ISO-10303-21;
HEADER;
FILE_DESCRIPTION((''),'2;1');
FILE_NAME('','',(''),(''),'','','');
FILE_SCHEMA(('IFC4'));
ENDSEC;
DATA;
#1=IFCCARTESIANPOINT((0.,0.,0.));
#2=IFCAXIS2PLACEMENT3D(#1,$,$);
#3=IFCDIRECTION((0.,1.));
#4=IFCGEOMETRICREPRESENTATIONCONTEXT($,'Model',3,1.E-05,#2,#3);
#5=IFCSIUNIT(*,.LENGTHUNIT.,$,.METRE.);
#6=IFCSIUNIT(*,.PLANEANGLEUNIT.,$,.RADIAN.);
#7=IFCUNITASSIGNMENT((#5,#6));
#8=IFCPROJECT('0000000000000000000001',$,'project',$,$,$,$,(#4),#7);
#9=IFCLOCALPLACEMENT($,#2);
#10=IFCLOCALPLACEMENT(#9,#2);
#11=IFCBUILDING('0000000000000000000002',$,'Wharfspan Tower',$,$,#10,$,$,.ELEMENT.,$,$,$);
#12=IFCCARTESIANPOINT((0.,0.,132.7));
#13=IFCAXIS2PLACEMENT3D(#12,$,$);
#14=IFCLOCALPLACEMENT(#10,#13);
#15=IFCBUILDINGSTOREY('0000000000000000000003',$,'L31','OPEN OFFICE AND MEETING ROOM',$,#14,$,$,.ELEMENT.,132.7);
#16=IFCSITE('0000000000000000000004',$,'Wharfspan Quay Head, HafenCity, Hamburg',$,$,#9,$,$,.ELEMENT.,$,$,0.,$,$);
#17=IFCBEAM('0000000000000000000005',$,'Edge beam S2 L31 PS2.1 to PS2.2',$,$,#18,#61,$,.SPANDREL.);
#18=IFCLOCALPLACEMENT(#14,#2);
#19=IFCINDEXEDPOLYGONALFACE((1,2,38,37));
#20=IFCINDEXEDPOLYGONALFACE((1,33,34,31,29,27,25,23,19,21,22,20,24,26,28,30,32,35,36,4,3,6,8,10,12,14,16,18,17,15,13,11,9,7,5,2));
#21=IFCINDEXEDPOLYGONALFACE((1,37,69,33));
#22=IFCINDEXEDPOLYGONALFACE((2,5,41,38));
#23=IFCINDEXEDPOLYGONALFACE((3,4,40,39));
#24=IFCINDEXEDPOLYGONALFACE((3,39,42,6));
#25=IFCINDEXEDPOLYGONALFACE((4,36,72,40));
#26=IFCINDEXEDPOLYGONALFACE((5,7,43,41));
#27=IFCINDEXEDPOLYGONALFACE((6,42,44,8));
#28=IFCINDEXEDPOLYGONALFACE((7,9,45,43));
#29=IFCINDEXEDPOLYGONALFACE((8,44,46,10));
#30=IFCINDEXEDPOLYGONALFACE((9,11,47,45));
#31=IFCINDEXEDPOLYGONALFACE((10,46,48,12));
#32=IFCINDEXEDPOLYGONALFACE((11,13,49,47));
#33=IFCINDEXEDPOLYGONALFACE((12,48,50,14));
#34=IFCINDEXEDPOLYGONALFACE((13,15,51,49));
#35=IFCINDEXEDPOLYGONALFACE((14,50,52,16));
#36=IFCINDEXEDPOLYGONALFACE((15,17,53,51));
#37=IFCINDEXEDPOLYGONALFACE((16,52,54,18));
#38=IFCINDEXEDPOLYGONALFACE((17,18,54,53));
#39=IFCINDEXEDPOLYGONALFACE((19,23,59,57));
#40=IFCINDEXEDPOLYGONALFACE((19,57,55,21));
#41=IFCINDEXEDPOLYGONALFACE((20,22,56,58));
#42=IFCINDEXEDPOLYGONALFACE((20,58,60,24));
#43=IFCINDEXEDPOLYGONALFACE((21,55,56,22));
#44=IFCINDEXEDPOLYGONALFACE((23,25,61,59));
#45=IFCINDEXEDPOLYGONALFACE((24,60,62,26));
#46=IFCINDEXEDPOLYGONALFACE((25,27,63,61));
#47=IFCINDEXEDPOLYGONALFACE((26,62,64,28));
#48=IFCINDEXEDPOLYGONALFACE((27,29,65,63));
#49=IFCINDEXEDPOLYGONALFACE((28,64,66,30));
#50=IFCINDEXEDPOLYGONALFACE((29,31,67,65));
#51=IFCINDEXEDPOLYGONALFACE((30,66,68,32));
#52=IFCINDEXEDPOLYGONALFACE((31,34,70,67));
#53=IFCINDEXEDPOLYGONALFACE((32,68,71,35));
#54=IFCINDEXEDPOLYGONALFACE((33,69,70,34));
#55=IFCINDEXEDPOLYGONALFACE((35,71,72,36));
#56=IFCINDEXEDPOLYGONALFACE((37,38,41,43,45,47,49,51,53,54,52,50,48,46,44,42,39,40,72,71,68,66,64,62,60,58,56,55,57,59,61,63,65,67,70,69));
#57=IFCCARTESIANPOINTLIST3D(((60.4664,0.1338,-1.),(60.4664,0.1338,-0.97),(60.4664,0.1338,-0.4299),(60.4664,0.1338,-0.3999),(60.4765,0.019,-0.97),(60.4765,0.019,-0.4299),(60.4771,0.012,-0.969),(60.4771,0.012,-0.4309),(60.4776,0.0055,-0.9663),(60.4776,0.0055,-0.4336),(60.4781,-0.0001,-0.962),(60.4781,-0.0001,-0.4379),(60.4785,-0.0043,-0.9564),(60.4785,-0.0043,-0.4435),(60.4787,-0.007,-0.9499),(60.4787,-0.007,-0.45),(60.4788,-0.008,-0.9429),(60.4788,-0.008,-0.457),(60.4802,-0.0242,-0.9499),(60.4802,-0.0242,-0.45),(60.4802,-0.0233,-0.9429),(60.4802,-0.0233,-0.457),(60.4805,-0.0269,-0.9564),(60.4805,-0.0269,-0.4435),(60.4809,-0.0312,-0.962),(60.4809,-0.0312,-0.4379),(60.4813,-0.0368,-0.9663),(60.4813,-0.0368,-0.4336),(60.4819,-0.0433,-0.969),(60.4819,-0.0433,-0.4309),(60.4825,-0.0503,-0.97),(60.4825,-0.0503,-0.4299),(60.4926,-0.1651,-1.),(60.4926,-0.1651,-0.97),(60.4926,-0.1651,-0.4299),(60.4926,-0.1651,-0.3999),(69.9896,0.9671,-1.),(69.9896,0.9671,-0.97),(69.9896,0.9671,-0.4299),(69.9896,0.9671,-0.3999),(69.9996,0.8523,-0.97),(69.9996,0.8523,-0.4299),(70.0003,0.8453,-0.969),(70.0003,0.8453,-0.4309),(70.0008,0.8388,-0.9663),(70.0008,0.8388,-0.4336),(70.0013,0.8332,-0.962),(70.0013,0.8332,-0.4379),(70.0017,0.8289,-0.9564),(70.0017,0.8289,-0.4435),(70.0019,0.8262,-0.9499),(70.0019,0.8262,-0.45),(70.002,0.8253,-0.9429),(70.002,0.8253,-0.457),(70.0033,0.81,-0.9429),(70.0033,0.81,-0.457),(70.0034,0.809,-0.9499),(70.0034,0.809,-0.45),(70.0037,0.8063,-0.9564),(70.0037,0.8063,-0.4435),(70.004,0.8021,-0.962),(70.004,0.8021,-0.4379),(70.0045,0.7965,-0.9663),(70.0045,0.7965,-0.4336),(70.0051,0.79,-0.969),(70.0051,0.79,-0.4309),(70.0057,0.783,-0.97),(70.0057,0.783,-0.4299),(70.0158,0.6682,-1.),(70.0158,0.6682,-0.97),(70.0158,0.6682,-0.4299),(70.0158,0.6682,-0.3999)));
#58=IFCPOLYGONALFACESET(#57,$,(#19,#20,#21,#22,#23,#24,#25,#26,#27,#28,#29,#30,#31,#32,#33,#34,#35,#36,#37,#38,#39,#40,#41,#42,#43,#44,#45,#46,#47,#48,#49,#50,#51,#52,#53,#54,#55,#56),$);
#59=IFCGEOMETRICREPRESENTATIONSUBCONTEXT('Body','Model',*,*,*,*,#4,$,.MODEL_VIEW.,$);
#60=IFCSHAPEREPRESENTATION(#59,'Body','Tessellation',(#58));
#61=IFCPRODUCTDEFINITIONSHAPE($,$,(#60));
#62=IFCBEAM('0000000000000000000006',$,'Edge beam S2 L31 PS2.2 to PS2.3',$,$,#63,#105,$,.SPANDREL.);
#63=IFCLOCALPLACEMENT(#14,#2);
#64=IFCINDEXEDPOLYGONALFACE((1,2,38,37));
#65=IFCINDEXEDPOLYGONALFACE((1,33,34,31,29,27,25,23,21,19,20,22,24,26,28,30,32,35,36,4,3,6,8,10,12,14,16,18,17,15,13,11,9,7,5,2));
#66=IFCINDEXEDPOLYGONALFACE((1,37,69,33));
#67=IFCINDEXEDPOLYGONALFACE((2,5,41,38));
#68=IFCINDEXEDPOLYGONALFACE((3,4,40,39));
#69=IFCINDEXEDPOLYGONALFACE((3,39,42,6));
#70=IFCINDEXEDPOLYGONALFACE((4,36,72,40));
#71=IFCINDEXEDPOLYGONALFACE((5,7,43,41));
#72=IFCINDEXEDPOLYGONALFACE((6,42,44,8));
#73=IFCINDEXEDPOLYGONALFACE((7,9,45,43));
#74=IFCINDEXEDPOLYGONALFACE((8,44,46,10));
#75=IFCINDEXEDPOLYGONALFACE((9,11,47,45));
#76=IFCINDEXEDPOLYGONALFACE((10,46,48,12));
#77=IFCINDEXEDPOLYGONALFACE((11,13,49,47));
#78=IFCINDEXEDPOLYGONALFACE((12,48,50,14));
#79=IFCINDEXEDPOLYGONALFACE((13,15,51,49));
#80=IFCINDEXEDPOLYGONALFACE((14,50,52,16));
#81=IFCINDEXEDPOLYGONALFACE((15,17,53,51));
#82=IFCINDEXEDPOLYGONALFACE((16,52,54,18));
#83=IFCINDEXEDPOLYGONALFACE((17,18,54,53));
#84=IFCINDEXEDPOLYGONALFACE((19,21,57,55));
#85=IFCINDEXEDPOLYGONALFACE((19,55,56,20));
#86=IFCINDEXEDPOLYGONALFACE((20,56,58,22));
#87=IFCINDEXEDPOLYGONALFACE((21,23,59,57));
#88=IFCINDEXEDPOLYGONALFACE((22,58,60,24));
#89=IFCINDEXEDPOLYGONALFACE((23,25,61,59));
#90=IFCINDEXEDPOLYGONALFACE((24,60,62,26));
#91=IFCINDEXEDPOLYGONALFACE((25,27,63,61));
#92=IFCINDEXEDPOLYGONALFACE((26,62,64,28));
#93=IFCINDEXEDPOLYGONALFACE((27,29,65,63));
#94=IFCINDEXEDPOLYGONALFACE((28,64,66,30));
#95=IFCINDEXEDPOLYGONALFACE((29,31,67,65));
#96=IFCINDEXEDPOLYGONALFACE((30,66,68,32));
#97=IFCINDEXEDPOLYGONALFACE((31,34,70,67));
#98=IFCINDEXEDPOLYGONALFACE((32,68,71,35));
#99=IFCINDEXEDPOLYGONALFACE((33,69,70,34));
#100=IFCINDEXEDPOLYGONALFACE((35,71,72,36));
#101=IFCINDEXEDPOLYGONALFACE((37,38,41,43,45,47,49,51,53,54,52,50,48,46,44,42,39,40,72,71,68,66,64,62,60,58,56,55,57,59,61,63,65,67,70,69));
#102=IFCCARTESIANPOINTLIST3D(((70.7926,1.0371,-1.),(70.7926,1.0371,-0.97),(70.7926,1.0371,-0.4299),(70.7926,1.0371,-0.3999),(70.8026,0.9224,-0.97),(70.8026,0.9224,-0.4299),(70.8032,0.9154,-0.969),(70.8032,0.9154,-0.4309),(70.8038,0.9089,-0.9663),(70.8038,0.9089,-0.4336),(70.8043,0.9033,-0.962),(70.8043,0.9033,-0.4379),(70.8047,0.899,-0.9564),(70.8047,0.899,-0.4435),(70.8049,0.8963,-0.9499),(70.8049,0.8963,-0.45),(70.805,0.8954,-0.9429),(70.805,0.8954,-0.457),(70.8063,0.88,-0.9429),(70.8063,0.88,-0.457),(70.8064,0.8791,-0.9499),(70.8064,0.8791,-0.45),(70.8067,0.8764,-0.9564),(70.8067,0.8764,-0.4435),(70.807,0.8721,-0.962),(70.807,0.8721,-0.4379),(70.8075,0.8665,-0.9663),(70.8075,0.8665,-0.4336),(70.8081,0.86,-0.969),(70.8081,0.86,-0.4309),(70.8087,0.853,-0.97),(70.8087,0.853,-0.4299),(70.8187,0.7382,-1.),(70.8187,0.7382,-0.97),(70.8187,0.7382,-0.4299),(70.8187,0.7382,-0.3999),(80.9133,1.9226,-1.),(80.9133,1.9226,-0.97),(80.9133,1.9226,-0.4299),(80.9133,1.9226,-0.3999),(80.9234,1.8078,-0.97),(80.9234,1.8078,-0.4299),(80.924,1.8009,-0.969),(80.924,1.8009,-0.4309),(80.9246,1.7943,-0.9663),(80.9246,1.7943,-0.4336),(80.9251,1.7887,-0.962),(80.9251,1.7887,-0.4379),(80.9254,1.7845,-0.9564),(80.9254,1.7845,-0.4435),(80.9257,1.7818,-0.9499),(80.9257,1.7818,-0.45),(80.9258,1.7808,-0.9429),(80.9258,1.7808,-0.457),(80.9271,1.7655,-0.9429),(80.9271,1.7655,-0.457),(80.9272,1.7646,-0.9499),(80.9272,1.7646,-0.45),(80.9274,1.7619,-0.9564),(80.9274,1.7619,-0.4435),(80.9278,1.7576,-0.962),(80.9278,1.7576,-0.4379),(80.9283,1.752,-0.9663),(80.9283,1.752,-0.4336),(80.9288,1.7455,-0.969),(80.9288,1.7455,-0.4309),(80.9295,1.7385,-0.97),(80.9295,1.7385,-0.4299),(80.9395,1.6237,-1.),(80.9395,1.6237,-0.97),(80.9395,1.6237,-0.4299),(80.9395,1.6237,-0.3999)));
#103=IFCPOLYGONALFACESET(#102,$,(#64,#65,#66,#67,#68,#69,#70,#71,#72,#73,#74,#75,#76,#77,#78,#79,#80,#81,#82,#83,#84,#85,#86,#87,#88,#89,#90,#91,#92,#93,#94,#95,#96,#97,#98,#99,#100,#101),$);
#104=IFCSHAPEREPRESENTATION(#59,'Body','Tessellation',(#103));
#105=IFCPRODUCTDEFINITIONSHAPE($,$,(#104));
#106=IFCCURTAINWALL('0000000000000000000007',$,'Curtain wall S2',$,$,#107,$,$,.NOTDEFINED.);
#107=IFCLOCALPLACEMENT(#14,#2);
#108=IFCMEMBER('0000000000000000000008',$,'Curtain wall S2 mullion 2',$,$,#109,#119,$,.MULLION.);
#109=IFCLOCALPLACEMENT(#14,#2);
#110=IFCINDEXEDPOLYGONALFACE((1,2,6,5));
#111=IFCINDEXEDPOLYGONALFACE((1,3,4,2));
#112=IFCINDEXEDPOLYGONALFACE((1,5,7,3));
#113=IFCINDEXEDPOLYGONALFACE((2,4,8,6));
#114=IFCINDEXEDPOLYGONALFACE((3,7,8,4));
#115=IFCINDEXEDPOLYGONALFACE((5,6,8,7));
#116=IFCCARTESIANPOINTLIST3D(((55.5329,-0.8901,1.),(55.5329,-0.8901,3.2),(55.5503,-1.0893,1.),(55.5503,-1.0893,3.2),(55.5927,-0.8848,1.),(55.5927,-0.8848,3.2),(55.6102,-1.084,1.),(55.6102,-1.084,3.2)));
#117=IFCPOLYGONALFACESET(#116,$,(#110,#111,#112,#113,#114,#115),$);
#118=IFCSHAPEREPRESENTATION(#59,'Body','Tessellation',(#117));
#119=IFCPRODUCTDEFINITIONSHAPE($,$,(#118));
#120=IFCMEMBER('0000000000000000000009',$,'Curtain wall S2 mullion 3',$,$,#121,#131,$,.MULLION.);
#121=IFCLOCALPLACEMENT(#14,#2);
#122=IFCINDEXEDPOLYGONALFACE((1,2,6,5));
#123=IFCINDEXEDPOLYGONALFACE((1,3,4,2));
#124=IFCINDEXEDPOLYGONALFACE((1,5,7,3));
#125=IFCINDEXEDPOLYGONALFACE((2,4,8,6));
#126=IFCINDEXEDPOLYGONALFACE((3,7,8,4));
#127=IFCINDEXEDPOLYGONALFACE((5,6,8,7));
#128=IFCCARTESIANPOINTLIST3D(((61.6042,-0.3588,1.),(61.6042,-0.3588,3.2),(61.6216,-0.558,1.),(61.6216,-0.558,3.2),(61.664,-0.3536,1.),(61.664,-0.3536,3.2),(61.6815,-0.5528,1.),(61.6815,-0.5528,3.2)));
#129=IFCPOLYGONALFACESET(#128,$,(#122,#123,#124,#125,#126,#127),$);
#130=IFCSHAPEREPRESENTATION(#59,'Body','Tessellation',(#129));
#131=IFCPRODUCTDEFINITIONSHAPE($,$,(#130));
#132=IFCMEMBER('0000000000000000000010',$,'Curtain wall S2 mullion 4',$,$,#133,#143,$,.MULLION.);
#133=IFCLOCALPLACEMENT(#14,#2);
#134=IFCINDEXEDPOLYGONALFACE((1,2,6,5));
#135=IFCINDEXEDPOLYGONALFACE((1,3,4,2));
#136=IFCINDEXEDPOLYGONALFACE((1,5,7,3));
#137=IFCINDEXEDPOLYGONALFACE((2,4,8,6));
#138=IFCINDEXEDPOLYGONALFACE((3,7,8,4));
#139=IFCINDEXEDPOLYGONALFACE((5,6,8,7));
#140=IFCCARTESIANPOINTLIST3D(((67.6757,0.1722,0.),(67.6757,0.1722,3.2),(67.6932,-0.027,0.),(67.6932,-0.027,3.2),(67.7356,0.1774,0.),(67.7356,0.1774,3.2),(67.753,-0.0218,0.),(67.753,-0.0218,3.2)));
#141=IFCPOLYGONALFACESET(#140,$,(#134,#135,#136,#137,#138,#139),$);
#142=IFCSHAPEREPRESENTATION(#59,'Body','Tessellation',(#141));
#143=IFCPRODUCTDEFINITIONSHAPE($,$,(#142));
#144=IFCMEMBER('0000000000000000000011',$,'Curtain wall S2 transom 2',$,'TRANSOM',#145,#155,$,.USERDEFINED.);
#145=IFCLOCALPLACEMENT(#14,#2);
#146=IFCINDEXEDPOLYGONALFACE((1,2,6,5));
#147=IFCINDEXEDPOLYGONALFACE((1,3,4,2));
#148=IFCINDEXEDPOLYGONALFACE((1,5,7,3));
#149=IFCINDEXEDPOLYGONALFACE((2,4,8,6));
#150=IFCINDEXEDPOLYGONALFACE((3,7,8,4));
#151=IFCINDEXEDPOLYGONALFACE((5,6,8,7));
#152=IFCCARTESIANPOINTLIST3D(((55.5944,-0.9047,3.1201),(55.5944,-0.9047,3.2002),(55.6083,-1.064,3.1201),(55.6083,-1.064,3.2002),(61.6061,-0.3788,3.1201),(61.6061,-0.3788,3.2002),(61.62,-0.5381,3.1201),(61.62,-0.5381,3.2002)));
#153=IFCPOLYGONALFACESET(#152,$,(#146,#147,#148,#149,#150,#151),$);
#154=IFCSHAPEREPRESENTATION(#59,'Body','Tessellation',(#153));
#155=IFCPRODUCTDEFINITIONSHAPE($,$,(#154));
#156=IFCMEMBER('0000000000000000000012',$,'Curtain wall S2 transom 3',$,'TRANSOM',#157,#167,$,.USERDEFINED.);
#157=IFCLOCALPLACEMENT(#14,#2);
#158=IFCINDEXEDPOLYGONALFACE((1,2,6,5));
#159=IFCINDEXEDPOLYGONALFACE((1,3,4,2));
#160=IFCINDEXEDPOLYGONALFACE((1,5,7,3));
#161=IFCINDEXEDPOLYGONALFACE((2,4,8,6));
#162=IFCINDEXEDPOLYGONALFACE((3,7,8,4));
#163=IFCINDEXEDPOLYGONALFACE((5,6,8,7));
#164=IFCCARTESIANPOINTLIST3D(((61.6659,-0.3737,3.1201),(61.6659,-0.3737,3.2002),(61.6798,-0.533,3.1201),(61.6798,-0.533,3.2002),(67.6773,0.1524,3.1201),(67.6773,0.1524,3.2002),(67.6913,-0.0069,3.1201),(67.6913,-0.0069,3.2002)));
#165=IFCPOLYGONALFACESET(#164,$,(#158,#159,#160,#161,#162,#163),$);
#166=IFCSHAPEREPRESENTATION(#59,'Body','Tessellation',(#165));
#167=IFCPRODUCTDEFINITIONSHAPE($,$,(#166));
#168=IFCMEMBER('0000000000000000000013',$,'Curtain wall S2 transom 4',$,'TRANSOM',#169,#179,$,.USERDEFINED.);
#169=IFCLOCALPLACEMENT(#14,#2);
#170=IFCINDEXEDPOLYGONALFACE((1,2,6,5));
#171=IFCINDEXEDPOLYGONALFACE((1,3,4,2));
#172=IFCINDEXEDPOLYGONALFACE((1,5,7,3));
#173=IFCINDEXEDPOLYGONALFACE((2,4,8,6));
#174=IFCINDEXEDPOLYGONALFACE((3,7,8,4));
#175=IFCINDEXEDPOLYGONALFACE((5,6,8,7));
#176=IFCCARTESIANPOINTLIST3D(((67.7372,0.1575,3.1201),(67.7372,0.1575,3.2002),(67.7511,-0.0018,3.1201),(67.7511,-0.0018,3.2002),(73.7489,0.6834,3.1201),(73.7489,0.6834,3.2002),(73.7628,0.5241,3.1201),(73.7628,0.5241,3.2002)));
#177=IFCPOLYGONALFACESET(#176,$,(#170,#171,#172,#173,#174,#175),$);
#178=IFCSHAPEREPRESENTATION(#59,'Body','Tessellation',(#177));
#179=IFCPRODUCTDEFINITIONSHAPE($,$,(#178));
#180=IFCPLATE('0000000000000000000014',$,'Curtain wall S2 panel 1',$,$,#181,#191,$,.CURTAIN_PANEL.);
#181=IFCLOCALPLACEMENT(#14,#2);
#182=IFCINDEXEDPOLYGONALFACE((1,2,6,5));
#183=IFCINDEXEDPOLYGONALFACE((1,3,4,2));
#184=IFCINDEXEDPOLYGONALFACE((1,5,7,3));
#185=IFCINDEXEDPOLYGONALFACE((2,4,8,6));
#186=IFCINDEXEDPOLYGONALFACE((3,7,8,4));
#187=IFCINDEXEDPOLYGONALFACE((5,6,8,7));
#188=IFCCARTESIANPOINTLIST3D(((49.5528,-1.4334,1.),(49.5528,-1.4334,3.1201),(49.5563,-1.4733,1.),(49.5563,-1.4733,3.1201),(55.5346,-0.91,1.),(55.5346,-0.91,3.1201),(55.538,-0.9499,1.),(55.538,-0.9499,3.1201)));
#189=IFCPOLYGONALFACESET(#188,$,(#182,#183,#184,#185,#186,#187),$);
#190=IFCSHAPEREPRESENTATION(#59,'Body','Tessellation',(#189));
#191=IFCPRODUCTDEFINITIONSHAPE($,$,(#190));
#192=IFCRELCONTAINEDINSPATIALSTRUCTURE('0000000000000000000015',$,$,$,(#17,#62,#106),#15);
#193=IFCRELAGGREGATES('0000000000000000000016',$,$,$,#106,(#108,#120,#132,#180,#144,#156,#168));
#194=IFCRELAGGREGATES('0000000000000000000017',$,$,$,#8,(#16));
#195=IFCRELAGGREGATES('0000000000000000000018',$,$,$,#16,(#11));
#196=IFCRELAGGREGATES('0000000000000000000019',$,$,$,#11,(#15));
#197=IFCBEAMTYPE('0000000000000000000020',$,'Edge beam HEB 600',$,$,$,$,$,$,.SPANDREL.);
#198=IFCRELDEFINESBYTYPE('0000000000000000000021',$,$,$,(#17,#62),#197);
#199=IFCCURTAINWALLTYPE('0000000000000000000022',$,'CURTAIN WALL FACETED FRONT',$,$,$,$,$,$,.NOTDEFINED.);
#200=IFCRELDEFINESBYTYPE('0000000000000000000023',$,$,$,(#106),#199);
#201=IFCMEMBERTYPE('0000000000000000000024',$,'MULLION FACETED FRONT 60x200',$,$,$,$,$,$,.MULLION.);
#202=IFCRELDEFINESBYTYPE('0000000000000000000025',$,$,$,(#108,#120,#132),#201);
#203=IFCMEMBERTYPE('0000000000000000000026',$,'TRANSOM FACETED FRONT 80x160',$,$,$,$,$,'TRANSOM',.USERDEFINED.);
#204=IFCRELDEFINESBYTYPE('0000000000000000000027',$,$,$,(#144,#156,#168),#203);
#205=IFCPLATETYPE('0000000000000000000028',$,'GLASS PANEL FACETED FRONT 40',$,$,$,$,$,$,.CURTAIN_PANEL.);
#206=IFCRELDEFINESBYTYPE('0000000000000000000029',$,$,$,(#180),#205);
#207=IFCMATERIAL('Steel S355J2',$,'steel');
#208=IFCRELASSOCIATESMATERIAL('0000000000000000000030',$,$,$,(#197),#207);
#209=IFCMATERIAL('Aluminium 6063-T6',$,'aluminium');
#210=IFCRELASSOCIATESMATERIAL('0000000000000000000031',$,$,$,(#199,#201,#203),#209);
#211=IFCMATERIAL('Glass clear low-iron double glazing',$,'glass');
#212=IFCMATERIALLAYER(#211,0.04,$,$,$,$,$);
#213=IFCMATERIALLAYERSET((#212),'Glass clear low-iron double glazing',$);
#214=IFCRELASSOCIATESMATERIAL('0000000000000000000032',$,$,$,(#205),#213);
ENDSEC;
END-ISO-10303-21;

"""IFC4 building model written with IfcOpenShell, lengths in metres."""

from ifc_helpers import new_model, si_unit, direction, frame, origin, origin_2d, place, context, subcontext, project, spatial, rectangle, i_section, extrude, material, layer, layer_set, material_profile, profile_set, type_object, element, aggregate, save


model = new_model("IFC4")

# Units and contexts
model_context = context("Model", 3, precision=1e-05, world=origin(), true_north=direction((0.0, 1.0)))
body_context = subcontext(model_context, "Body", "Model", "MODEL_VIEW")
ifc_project = project(units=[si_unit("LENGTHUNIT", "METRE"), si_unit("PLANEANGLEUNIT", "RADIAN")], contexts=[model_context])

# Site, building, storey
site_placement = place(None, origin())
site = spatial("IfcSite", under=ifc_project, at=site_placement, Name="Wharfspan Quay Head, HafenCity, Hamburg", CompositionType="ELEMENT", RefElevation=0.0)
building_placement = place(site_placement, origin())
building = spatial("IfcBuilding", under=site, at=building_placement, Name="Wharfspan Tower", CompositionType="ELEMENT")
storey_placement = place(building_placement, frame((0.0, 0.0, 132.7)))
storey = spatial("IfcBuildingStorey", under=building, at=storey_placement, Name="L31", Description="OPEN OFFICE AND MEETING ROOM", CompositionType="ELEMENT", Elevation=132.7)

# Shared definitions
ifc_material_1 = material(Name="Steel S355J2", Category="steel")

# Beams
ifc_material_profile_1 = material_profile(ifc_material_1, i_section(OverallWidth=0.3, OverallDepth=0.6001, WebThickness=0.0154, FlangeThickness=0.03, FilletRadius=0.0271, at=origin_2d()))
ifc_profile_set_1 = profile_set([ifc_material_profile_1], Name="Steel S355J2")
beam_type = type_object("IfcBeamType", Name="Edge beam HEB 600", PredefinedType="SPANDREL", material=ifc_profile_set_1)
beam_1_placement = place(storey_placement, frame((60.4795, -0.0156, -0.7), z_axis=(0.996194, 0.087164, 0.0), x_axis=(-0.087164, 0.996194, 0.0)))
element("IfcBeam", 1, at=beam_1_placement, inside=storey, type_object=beam_type, Name="Edge beam S2 L31 PS2.1 to PS2.2", PredefinedType="SPANDREL", context=body_context, shape_type="SweptSolid", body=[
    extrude(i_section(OverallWidth=0.3, OverallDepth=0.6001, WebThickness=0.0154, FlangeThickness=0.03, FilletRadius=0.0271, at=origin_2d()), origin(), (0.0, 0.0, 1.0), 9.5596),
])
beam_2_placement = place(storey_placement, frame((70.8057, 0.8877, -0.7), z_axis=(0.996194, 0.087159, 0.0), x_axis=(-0.087159, 0.996194, 0.0)))
element("IfcBeam", 2, at=beam_2_placement, inside=storey, type_object=beam_type, Name="Edge beam S2 L31 PS2.2 to PS2.3", PredefinedType="SPANDREL", context=body_context, shape_type="SweptSolid", body=[
    extrude(i_section(OverallWidth=0.3, OverallDepth=0.6001, WebThickness=0.0154, FlangeThickness=0.03, FilletRadius=0.0271, at=origin_2d()), origin(), (0.0, 0.0, 1.0), 10.1594),
])

# Curtain wall, members, plate
ifc_material_2 = material(Name="Aluminium 6063-T6", Category="aluminium")
curtain_wall_type = type_object("IfcCurtainWallType", Name="CURTAIN WALL FACETED FRONT", PredefinedType="NOTDEFINED", material=ifc_material_2)
curtain_wall_placement = place(storey_placement, origin())
curtain_wall = element("IfcCurtainWall", 3, at=curtain_wall_placement, inside=storey, type_object=curtain_wall_type, Name="Curtain wall S2", PredefinedType="NOTDEFINED")
ifc_material_profile_2 = material_profile(ifc_material_2, rectangle(XDim=0.2, YDim=0.0601, at=origin_2d()))
ifc_profile_set_2 = profile_set([ifc_material_profile_2], Name="Aluminium 6063-T6")
member_type_1 = type_object("IfcMemberType", Name="MULLION FACETED FRONT 60x200", PredefinedType="MULLION", material=ifc_profile_set_2)
member_1_placement = place(storey_placement, frame((55.5715, -0.9871, 1.0), z_axis=(0.0, 0.0, 1.0), x_axis=(-0.087156, 0.996198, 0.0)))
member_1 = element("IfcMember", 4, at=member_1_placement, type_object=member_type_1, Name="Curtain wall S2 mullion 2", PredefinedType="MULLION", context=body_context, shape_type="SweptSolid", body=[
    extrude(rectangle(XDim=0.2, YDim=0.0601, at=origin_2d()), origin(), (0.0, 0.0, 1.0), 2.2),
])
member_2_placement = place(storey_placement, frame((61.6428, -0.4558, 1.0), z_axis=(0.0, 0.0, 1.0), x_axis=(-0.087156, 0.996198, 0.0)))
member_2 = element("IfcMember", 5, at=member_2_placement, type_object=member_type_1, Name="Curtain wall S2 mullion 3", PredefinedType="MULLION", context=body_context, shape_type="SweptSolid", body=[
    extrude(rectangle(XDim=0.2, YDim=0.0601, at=origin_2d()), origin(), (0.0, 0.0, 1.0), 2.2),
])
member_3_placement = place(storey_placement, frame((67.7144, 0.0752, 0.0), z_axis=(0.0, 0.0, 1.0), x_axis=(-0.087156, 0.996198, 0.0)))
member_3 = element("IfcMember", 6, at=member_3_placement, type_object=member_type_1, Name="Curtain wall S2 mullion 4", PredefinedType="MULLION", context=body_context, shape_type="SweptSolid", body=[
    extrude(rectangle(XDim=0.2, YDim=0.0601, at=origin_2d()), origin(), (0.0, 0.0, 1.0), 3.2),
])
ifc_material_profile_3 = material_profile(ifc_material_2, rectangle(XDim=0.1599, YDim=0.0801, at=origin_2d()))
ifc_profile_set_3 = profile_set([ifc_material_profile_3], Name="Aluminium 6063-T6")
member_type_2 = type_object("IfcMemberType", Name="TRANSOM FACETED FRONT 80x160", ElementType="TRANSOM", PredefinedType="USERDEFINED", material=ifc_profile_set_3)
member_4_placement = place(storey_placement, frame((55.6013, -0.9844, 3.1602), z_axis=(0.996196, 0.087143, 0.0), x_axis=(-0.087143, 0.996196, 0.0)))
member_4 = element("IfcMember", 7, at=member_4_placement, type_object=member_type_2, Name="Curtain wall S2 transom 2", ObjectType="TRANSOM", PredefinedType="USERDEFINED", context=body_context, shape_type="SweptSolid", body=[
    extrude(rectangle(XDim=0.1599, YDim=0.0801, at=origin_2d()), origin(), (0.0, 0.0, 1.0), 6.0347),
])
member_5_placement = place(storey_placement, frame((61.6729, -0.4534, 3.1602), z_axis=(0.996192, 0.087187, 0.0), x_axis=(-0.087187, 0.996192, 0.0)))
member_5 = element("IfcMember", 8, at=member_5_placement, type_object=member_type_2, Name="Curtain wall S2 transom 3", ObjectType="TRANSOM", PredefinedType="USERDEFINED", context=body_context, shape_type="SweptSolid", body=[
    extrude(rectangle(XDim=0.1599, YDim=0.0801, at=origin_2d()), origin(), (0.0, 0.0, 1.0), 6.0344),
])
member_6_placement = place(storey_placement, frame((67.7441, 0.0779, 3.1602), z_axis=(0.996196, 0.087143, 0.0), x_axis=(-0.087143, 0.996196, 0.0)))
member_6 = element("IfcMember", 9, at=member_6_placement, type_object=member_type_2, Name="Curtain wall S2 transom 4", ObjectType="TRANSOM", PredefinedType="USERDEFINED", context=body_context, shape_type="SweptSolid", body=[
    extrude(rectangle(XDim=0.1599, YDim=0.0801, at=origin_2d()), origin(), (0.0, 0.0, 1.0), 6.0347),
])
ifc_material_3 = material(Name="Glass clear low-iron double glazing", Category="glass")
ifc_layer_1 = layer(ifc_material_3, 0.04)
ifc_layer_set_1 = layer_set([ifc_layer_1], Name="Glass clear low-iron double glazing")
plate_type_1 = type_object("IfcPlateType", Name="GLASS PANEL FACETED FRONT 40", PredefinedType="CURTAIN_PANEL", material=ifc_layer_set_1)
plate_1_placement = place(storey_placement, frame((52.5454, -1.1917, 1.0), z_axis=(0.0, 0.0, 1.0), x_axis=(0.996198, 0.087156, 0.0)))
plate_1 = element("IfcPlate", 10, at=plate_1_placement, type_object=plate_type_1, Name="Curtain wall S2 panel 1", PredefinedType="CURTAIN_PANEL", context=body_context, shape_type="SweptSolid", body=[
    extrude(rectangle(XDim=6.0046, YDim=0.04, at=origin_2d()), origin(), (0.0, 0.0, 1.0), 2.1201),
])
aggregate(curtain_wall, [member_1, member_2, member_3, plate_1, member_4, member_5, member_6])

save(model, "model.ifc")
